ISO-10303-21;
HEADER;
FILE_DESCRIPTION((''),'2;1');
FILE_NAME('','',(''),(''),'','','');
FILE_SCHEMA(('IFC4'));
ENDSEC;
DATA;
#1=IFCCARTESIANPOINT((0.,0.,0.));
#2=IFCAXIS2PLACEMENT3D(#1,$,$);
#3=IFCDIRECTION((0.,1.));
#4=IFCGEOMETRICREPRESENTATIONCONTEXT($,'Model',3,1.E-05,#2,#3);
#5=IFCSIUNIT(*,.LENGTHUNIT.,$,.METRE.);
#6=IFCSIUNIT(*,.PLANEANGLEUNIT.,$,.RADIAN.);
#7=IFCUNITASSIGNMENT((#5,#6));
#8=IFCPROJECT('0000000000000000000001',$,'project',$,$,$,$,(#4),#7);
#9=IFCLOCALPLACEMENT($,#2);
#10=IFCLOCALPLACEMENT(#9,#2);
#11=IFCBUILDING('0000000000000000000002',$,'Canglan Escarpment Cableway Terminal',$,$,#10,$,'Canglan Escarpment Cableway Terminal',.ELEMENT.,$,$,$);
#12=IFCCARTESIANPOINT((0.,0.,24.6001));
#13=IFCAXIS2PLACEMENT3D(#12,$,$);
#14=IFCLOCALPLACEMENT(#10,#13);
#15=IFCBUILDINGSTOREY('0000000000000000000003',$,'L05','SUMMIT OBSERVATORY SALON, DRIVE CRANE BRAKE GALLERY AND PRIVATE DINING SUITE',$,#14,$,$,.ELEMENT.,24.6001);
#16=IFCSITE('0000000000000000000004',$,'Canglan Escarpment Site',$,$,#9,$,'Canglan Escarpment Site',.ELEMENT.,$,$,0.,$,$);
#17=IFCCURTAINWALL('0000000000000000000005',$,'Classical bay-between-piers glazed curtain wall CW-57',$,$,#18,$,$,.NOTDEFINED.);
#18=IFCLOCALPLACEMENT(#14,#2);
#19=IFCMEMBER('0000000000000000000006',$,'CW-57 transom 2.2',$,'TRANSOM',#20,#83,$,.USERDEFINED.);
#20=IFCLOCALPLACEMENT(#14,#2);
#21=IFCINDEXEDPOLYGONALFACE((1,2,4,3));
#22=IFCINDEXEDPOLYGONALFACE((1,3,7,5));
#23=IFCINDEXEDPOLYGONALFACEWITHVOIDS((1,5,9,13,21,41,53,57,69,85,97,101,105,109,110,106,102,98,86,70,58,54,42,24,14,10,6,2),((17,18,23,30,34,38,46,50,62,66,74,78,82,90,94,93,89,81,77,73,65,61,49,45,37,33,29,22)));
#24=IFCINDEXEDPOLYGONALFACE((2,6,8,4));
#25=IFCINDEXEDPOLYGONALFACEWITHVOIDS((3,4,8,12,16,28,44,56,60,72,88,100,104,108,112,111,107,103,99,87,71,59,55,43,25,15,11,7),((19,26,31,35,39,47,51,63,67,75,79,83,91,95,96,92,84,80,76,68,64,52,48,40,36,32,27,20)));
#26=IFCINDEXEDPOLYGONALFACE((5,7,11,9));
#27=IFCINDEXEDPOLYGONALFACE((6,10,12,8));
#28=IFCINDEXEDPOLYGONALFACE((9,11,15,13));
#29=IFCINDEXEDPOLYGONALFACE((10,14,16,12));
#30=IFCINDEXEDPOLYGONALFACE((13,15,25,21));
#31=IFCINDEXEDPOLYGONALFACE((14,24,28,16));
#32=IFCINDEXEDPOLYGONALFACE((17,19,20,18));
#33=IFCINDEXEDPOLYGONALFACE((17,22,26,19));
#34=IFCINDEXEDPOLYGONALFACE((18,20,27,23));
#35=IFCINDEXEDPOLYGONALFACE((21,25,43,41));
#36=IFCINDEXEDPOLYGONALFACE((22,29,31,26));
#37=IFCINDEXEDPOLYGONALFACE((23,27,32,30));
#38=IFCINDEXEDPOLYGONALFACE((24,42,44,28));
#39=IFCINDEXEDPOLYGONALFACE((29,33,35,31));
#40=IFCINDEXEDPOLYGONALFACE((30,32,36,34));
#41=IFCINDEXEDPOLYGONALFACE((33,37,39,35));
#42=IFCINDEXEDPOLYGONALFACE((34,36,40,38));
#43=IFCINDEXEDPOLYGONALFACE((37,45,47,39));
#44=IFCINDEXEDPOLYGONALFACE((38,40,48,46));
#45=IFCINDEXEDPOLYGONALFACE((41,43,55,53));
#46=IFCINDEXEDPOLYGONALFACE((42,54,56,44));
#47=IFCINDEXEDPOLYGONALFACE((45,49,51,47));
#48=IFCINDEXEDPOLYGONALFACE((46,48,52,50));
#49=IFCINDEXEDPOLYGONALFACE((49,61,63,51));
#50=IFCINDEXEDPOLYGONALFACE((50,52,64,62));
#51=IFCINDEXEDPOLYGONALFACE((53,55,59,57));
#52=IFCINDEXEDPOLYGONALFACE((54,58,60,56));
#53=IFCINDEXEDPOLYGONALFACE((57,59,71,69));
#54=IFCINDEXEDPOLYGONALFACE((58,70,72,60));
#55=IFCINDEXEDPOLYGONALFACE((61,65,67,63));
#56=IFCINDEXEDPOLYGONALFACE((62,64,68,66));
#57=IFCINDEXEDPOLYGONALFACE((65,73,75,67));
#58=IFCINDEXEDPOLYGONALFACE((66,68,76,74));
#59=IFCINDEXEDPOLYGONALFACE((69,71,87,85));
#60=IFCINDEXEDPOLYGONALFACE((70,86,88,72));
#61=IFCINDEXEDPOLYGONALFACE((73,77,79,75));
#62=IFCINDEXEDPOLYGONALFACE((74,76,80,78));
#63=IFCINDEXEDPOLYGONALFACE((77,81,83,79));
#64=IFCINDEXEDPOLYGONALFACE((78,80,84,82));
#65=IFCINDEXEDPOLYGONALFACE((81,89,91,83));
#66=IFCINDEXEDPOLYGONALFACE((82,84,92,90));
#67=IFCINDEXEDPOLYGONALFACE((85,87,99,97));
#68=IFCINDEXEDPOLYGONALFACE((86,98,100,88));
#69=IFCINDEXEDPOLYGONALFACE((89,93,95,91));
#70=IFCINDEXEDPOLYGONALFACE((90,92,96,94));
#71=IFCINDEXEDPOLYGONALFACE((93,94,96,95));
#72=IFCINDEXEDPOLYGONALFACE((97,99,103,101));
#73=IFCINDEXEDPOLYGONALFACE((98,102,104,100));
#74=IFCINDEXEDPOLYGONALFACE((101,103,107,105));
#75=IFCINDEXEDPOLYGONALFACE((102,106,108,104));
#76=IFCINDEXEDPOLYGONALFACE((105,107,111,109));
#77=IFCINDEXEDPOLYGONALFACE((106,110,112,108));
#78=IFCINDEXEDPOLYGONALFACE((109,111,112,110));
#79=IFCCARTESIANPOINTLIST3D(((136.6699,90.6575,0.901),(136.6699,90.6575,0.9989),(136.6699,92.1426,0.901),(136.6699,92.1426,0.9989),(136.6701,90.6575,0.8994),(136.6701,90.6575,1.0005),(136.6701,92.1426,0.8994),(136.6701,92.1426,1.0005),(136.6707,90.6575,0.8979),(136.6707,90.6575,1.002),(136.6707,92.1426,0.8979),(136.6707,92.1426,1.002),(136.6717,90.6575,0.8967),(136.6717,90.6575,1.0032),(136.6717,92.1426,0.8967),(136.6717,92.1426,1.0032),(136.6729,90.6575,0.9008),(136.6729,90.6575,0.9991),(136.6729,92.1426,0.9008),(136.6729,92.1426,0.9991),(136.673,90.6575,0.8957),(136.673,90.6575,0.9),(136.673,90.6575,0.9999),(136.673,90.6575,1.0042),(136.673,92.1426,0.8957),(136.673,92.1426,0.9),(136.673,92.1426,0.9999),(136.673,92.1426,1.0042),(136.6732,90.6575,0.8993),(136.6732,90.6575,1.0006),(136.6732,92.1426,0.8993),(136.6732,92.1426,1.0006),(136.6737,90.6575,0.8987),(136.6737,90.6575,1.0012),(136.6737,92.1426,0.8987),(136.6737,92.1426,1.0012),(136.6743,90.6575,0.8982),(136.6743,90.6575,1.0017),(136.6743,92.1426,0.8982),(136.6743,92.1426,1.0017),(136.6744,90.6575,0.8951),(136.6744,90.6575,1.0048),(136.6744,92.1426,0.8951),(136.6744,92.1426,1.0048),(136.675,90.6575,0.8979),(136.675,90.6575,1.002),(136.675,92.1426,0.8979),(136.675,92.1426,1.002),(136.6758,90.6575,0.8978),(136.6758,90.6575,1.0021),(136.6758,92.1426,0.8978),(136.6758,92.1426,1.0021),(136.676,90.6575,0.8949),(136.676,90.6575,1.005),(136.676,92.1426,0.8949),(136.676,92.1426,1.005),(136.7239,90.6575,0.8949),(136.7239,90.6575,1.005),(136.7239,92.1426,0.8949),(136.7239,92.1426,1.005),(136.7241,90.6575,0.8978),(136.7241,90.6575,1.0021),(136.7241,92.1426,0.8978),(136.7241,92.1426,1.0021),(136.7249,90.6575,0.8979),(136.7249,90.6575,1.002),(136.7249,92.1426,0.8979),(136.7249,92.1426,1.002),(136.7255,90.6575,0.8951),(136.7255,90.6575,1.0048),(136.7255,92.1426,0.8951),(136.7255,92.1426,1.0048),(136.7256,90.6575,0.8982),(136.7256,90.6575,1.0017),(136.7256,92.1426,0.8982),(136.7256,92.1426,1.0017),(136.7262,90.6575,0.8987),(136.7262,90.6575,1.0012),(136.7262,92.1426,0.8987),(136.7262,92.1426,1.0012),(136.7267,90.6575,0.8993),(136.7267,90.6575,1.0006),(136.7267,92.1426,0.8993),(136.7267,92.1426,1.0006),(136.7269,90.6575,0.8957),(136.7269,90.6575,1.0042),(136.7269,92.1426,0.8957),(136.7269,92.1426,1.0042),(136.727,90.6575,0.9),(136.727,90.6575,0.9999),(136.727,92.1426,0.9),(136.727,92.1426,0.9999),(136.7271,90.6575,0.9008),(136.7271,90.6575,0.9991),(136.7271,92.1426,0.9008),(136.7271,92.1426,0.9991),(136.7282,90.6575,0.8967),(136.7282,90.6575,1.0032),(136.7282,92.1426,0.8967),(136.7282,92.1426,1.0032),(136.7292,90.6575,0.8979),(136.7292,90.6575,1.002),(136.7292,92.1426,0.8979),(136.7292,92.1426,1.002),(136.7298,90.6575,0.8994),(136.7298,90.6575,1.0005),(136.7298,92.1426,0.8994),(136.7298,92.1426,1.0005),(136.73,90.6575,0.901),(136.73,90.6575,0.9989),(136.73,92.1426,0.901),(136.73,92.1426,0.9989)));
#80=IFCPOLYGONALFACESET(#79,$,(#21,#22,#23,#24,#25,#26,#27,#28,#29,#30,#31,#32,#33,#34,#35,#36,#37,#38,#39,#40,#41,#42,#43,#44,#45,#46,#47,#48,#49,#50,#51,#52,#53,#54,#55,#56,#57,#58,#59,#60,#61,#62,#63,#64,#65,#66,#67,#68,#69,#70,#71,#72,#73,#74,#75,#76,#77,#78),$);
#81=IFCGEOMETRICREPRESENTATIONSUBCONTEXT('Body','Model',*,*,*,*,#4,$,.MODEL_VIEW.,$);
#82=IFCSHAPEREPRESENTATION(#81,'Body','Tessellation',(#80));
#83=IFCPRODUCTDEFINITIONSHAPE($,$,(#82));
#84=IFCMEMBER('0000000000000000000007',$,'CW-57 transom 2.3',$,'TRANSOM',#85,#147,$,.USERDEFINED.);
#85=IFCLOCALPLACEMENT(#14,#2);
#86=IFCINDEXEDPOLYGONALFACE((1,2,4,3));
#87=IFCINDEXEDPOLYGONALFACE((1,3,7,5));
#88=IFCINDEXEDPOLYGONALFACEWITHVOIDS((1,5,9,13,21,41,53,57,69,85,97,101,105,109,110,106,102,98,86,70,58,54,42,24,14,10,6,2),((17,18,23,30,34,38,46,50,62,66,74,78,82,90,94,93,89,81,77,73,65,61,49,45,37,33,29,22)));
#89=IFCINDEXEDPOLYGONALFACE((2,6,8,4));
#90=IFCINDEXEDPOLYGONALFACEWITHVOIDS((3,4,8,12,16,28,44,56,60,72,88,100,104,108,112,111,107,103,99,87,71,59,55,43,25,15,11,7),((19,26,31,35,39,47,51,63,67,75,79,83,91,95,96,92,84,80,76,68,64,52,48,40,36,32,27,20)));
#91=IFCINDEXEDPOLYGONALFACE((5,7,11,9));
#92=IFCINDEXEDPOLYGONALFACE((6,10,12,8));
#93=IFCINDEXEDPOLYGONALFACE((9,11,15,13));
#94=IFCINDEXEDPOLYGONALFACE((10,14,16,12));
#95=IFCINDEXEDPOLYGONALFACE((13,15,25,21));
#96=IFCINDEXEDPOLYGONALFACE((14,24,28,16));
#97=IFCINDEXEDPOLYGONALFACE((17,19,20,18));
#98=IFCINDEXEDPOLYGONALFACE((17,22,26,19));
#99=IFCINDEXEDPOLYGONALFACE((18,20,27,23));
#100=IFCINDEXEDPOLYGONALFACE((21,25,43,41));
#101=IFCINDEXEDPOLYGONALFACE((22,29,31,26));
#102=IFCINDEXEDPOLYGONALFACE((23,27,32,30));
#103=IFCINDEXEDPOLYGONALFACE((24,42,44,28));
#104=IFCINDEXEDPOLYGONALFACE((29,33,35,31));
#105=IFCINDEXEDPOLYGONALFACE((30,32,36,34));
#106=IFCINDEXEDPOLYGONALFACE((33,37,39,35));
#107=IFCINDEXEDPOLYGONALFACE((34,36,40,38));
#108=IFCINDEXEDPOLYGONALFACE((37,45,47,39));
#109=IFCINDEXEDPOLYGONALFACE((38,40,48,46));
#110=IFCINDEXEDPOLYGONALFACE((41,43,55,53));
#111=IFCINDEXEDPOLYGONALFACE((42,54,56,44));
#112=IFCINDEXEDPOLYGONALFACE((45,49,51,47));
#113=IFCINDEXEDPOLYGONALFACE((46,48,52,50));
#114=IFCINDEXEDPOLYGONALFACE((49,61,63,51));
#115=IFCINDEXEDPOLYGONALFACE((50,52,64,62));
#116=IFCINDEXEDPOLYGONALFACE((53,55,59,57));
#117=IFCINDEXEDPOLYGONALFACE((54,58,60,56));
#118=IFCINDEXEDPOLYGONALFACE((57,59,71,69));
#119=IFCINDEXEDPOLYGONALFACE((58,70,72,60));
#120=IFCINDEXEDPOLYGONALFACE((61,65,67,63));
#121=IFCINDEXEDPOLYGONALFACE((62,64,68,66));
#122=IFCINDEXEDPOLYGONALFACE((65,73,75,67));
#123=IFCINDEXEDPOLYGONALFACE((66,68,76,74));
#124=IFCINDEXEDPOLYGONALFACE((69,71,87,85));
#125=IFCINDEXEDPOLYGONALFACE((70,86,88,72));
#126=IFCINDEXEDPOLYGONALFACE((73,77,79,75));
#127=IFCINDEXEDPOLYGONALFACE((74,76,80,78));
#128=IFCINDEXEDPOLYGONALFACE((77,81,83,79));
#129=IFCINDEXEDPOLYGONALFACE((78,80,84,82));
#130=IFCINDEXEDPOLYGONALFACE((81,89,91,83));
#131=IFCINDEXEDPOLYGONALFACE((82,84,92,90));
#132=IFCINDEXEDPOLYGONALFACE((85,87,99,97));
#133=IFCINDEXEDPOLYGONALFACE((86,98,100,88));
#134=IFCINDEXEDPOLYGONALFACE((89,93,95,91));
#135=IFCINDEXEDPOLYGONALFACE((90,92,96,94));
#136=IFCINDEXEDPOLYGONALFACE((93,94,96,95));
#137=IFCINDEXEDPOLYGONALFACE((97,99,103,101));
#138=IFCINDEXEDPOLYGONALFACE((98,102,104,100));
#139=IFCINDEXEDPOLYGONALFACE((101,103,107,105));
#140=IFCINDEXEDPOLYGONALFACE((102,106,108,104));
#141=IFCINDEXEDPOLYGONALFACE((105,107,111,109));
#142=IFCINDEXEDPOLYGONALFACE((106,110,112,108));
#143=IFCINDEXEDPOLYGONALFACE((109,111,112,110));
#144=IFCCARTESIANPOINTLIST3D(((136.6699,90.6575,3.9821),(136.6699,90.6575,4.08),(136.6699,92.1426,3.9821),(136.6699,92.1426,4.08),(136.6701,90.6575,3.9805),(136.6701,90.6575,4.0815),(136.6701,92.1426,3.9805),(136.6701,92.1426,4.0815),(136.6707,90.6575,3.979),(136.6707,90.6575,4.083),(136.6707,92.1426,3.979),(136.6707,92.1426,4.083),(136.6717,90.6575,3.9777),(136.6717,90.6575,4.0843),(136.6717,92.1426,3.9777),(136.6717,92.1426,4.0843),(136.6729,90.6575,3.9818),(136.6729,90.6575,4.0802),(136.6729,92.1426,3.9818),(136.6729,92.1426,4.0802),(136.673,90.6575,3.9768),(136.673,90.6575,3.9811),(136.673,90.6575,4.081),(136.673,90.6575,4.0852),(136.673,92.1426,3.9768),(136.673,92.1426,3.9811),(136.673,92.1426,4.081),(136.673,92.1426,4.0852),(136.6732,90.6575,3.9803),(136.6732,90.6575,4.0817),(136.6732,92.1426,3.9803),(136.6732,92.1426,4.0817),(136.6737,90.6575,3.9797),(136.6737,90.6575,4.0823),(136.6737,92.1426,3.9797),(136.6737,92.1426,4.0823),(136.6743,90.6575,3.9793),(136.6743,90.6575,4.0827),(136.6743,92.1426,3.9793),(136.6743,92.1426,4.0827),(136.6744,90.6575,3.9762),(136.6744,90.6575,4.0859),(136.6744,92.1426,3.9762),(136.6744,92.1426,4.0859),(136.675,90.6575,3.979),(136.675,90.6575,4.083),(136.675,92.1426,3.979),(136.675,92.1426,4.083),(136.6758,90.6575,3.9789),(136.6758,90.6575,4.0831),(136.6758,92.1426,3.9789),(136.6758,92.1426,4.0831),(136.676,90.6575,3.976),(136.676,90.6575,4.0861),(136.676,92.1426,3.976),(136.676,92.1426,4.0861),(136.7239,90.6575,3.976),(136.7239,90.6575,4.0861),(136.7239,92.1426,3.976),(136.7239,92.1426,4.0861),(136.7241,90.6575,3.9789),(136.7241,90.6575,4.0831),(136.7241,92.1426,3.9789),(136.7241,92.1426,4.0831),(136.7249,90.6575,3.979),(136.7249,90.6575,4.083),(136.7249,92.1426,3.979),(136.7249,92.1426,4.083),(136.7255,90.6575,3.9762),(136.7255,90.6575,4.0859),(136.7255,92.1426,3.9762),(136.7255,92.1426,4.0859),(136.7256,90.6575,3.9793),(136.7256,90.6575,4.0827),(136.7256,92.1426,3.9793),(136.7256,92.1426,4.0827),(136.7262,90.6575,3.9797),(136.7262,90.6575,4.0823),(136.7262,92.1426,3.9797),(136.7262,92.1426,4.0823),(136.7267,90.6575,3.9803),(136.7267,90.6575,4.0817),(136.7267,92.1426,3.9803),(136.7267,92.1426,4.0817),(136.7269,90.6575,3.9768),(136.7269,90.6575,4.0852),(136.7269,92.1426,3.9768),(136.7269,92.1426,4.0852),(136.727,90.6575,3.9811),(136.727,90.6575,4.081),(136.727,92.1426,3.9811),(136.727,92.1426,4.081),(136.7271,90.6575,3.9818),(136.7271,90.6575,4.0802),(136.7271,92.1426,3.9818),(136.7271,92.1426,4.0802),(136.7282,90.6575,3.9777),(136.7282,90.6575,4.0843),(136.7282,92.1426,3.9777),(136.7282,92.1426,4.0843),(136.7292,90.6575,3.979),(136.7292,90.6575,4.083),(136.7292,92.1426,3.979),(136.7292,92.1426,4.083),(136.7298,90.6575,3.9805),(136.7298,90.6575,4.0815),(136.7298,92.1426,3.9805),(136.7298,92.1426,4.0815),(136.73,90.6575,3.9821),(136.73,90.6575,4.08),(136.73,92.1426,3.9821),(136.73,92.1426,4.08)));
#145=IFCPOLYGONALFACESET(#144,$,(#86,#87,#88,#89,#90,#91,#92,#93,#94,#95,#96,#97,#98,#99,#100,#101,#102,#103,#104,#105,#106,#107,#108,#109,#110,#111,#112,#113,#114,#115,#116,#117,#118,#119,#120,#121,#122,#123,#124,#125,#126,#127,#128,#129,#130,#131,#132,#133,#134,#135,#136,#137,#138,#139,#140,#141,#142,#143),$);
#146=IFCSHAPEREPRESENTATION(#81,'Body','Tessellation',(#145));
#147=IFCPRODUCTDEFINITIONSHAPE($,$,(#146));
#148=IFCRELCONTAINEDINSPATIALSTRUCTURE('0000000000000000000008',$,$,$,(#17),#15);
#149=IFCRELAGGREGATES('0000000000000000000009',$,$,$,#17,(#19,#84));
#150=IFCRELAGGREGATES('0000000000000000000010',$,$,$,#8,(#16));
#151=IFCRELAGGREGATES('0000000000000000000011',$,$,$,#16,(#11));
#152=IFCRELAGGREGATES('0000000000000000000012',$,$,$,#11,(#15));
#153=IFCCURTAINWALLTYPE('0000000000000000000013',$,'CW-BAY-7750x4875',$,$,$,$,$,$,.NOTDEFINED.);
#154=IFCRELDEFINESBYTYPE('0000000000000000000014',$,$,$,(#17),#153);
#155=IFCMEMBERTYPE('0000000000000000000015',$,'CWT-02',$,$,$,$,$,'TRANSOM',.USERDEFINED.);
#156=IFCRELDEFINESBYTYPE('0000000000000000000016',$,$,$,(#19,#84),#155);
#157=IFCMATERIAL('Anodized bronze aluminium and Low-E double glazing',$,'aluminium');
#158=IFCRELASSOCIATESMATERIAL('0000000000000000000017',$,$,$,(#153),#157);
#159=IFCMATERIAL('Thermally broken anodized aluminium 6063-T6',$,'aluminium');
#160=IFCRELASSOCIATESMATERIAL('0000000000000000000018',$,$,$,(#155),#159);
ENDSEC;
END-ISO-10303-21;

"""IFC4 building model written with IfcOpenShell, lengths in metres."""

from ifc_helpers import new_model, si_unit, direction, frame, origin, origin_2d, place, context, subcontext, project, spatial, hollow_rectangle, extrude, material, material_profile, profile_set, type_object, element, aggregate, save


model = new_model("IFC4")

# Units and contexts
model_context = context("Model", 3, precision=1e-05, world=origin(), true_north=direction((0.0, 1.0)))
body_context = subcontext(model_context, "Body", "Model", "MODEL_VIEW")
ifc_project = project(units=[si_unit("LENGTHUNIT", "METRE"), si_unit("PLANEANGLEUNIT", "RADIAN")], contexts=[model_context])

# Site, building, storey
site_placement = place(None, origin())
site = spatial("IfcSite", under=ifc_project, at=site_placement, Name="Canglan Escarpment Site", LongName="Canglan Escarpment Site", CompositionType="ELEMENT", RefElevation=0.0)
building_placement = place(site_placement, origin())
building = spatial("IfcBuilding", under=site, at=building_placement, Name="Canglan Escarpment Cableway Terminal", LongName="Canglan Escarpment Cableway Terminal", CompositionType="ELEMENT")
storey_placement = place(building_placement, frame((0.0, 0.0, 24.6001)))
storey = spatial("IfcBuildingStorey", under=building, at=storey_placement, Name="L05", Description="SUMMIT OBSERVATORY SALON, DRIVE CRANE BRAKE GALLERY AND PRIVATE DINING SUITE", CompositionType="ELEMENT", Elevation=24.6001)

# Curtain wall, members
ifc_material_1 = material(Name="Anodized bronze aluminium and Low-E double glazing", Category="aluminium")
curtain_wall_type = type_object("IfcCurtainWallType", Name="CW-BAY-7750x4875", PredefinedType="NOTDEFINED", material=ifc_material_1)
curtain_wall_placement = place(storey_placement, origin())
curtain_wall = element("IfcCurtainWall", 1, at=curtain_wall_placement, inside=storey, type_object=curtain_wall_type, Name="Classical bay-between-piers glazed curtain wall CW-57", PredefinedType="NOTDEFINED")
ifc_material_2 = material(Name="Thermally broken anodized aluminium 6063-T6", Category="aluminium")
ifc_material_profile_1 = material_profile(ifc_material_2, hollow_rectangle(XDim=0.0601, YDim=0.1101, WallThickness=0.0029, InnerFilletRadius=0.0029, OuterFilletRadius=0.0061, at=origin_2d()), Name="ALU-TRAN 60x110x3")
ifc_profile_set_1 = profile_set([ifc_material_profile_1], Name="Thermally broken anodized aluminium 6063-T6")
member_type_1 = type_object("IfcMemberType", Name="CWT-02", ElementType="TRANSOM", PredefinedType="USERDEFINED", material=ifc_profile_set_1)
member_1_placement = place(storey_placement, frame((136.7, 90.6575, 0.95), z_axis=(0.0, 1.0, 0.0), x_axis=(-1.0, 0.0, 0.0)))
member_1 = element("IfcMember", 2, at=member_1_placement, type_object=member_type_1, Name="CW-57 transom 2.2", ObjectType="TRANSOM", PredefinedType="USERDEFINED", context=body_context, shape_type="SweptSolid", body=[
    extrude(hollow_rectangle(XDim=0.0601, YDim=0.1101, WallThickness=0.0029, InnerFilletRadius=0.0029, OuterFilletRadius=0.0061, at=origin_2d()), origin(), (0.0, 0.0, 1.0), 1.4851),
])
member_2_placement = place(storey_placement, frame((136.7, 90.6575, 4.031), z_axis=(0.0, 1.0, 0.0), x_axis=(-1.0, 0.0, 0.0)))
member_2 = element("IfcMember", 3, at=member_2_placement, type_object=member_type_1, Name="CW-57 transom 2.3", ObjectType="TRANSOM", PredefinedType="USERDEFINED", context=body_context, shape_type="SweptSolid", body=[
    extrude(hollow_rectangle(XDim=0.0601, YDim=0.1101, WallThickness=0.0029, InnerFilletRadius=0.0029, OuterFilletRadius=0.0061, at=origin_2d()), origin(), (0.0, 0.0, 1.0), 1.4851),
])
aggregate(curtain_wall, [member_1, member_2])

save(model, "model.ifc")
